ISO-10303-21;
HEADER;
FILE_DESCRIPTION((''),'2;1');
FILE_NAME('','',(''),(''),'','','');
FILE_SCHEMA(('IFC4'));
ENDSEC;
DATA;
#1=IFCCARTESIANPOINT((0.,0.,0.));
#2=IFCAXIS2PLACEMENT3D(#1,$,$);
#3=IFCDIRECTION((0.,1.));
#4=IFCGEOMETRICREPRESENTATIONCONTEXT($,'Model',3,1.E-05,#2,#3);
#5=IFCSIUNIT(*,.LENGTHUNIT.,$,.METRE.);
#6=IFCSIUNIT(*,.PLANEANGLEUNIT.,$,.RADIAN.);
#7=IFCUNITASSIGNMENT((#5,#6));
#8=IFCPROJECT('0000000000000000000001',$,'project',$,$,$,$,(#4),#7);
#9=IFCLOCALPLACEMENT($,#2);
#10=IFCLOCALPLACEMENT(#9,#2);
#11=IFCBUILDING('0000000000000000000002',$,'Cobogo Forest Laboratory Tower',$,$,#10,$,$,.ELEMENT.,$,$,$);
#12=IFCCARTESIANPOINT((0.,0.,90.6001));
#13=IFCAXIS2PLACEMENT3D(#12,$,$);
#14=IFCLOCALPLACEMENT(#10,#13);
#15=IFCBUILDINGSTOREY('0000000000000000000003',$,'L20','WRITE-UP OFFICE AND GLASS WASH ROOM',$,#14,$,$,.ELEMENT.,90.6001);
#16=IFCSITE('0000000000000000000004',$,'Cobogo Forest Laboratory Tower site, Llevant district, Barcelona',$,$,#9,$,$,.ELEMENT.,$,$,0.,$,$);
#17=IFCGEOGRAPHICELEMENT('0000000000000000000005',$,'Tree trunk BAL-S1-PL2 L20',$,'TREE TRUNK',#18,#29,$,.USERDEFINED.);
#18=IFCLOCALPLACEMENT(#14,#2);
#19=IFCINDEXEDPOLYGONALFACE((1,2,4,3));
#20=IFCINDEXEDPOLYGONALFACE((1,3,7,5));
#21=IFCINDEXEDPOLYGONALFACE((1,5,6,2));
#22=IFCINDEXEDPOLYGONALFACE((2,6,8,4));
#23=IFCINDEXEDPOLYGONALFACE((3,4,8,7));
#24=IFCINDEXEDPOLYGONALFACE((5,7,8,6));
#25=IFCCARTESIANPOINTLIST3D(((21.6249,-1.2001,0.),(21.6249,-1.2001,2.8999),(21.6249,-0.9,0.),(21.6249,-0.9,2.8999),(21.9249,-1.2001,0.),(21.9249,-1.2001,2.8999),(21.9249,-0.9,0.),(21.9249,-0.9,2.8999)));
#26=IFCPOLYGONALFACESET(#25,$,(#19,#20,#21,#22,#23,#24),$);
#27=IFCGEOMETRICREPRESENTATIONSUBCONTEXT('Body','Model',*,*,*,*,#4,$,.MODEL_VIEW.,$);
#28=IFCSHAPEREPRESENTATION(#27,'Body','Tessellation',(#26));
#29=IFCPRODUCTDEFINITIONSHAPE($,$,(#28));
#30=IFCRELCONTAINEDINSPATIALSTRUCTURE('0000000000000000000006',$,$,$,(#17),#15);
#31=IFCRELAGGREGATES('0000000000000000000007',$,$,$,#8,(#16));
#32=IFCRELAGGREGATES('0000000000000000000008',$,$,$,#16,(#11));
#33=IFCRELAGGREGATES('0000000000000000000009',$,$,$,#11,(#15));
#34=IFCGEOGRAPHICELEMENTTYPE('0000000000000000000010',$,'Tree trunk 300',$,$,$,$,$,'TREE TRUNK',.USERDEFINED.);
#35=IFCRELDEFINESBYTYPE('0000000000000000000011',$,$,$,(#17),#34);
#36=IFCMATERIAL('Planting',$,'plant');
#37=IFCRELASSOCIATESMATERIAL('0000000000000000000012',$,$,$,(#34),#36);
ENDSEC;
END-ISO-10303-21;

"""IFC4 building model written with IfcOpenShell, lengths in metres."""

from ifc_helpers import new_model, si_unit, direction, frame, origin, origin_2d, place, context, subcontext, project, spatial, rectangle, extrude, material, type_object, element, save


model = new_model("IFC4")

# Units and contexts
model_context = context("Model", 3, precision=1e-05, world=origin(), true_north=direction((0.0, 1.0)))
body_context = subcontext(model_context, "Body", "Model", "MODEL_VIEW")
ifc_project = project(units=[si_unit("LENGTHUNIT", "METRE"), si_unit("PLANEANGLEUNIT", "RADIAN")], contexts=[model_context])

# Site, building, storey
site_placement = place(None, origin())
site = spatial("IfcSite", under=ifc_project, at=site_placement, Name="Cobogo Forest Laboratory Tower site, Llevant district, Barcelona", CompositionType="ELEMENT", RefElevation=0.0)
building_placement = place(site_placement, origin())
building = spatial("IfcBuilding", under=site, at=building_placement, Name="Cobogo Forest Laboratory Tower", CompositionType="ELEMENT")
storey_placement = place(building_placement, frame((0.0, 0.0, 90.6001)))
storey = spatial("IfcBuildingStorey", under=building, at=storey_placement, Name="L20", Description="WRITE-UP OFFICE AND GLASS WASH ROOM", CompositionType="ELEMENT", Elevation=90.6001)

# Geographic element
ifc_material_1 = material(Name="Planting", Category="plant")
geographic_element_type = type_object("IfcGeographicElementType", Name="Tree trunk 300", ElementType="TREE TRUNK", PredefinedType="USERDEFINED", material=ifc_material_1)
geographic_element_placement = place(storey_placement, frame((21.7749, -1.05, 0.0), z_axis=(0.0, 0.0, 1.0), x_axis=(1.0, 0.0, 0.0)))
element("IfcGeographicElement", 1, at=geographic_element_placement, inside=storey, type_object=geographic_element_type, Name="Tree trunk BAL-S1-PL2 L20", ObjectType="TREE TRUNK", PredefinedType="USERDEFINED", context=body_context, shape_type="SweptSolid", body=[
    extrude(rectangle(XDim=0.3, YDim=0.3, at=origin_2d()), origin(), (0.0, 0.0, 1.0), 2.8999),
])

save(model, "model.ifc")
